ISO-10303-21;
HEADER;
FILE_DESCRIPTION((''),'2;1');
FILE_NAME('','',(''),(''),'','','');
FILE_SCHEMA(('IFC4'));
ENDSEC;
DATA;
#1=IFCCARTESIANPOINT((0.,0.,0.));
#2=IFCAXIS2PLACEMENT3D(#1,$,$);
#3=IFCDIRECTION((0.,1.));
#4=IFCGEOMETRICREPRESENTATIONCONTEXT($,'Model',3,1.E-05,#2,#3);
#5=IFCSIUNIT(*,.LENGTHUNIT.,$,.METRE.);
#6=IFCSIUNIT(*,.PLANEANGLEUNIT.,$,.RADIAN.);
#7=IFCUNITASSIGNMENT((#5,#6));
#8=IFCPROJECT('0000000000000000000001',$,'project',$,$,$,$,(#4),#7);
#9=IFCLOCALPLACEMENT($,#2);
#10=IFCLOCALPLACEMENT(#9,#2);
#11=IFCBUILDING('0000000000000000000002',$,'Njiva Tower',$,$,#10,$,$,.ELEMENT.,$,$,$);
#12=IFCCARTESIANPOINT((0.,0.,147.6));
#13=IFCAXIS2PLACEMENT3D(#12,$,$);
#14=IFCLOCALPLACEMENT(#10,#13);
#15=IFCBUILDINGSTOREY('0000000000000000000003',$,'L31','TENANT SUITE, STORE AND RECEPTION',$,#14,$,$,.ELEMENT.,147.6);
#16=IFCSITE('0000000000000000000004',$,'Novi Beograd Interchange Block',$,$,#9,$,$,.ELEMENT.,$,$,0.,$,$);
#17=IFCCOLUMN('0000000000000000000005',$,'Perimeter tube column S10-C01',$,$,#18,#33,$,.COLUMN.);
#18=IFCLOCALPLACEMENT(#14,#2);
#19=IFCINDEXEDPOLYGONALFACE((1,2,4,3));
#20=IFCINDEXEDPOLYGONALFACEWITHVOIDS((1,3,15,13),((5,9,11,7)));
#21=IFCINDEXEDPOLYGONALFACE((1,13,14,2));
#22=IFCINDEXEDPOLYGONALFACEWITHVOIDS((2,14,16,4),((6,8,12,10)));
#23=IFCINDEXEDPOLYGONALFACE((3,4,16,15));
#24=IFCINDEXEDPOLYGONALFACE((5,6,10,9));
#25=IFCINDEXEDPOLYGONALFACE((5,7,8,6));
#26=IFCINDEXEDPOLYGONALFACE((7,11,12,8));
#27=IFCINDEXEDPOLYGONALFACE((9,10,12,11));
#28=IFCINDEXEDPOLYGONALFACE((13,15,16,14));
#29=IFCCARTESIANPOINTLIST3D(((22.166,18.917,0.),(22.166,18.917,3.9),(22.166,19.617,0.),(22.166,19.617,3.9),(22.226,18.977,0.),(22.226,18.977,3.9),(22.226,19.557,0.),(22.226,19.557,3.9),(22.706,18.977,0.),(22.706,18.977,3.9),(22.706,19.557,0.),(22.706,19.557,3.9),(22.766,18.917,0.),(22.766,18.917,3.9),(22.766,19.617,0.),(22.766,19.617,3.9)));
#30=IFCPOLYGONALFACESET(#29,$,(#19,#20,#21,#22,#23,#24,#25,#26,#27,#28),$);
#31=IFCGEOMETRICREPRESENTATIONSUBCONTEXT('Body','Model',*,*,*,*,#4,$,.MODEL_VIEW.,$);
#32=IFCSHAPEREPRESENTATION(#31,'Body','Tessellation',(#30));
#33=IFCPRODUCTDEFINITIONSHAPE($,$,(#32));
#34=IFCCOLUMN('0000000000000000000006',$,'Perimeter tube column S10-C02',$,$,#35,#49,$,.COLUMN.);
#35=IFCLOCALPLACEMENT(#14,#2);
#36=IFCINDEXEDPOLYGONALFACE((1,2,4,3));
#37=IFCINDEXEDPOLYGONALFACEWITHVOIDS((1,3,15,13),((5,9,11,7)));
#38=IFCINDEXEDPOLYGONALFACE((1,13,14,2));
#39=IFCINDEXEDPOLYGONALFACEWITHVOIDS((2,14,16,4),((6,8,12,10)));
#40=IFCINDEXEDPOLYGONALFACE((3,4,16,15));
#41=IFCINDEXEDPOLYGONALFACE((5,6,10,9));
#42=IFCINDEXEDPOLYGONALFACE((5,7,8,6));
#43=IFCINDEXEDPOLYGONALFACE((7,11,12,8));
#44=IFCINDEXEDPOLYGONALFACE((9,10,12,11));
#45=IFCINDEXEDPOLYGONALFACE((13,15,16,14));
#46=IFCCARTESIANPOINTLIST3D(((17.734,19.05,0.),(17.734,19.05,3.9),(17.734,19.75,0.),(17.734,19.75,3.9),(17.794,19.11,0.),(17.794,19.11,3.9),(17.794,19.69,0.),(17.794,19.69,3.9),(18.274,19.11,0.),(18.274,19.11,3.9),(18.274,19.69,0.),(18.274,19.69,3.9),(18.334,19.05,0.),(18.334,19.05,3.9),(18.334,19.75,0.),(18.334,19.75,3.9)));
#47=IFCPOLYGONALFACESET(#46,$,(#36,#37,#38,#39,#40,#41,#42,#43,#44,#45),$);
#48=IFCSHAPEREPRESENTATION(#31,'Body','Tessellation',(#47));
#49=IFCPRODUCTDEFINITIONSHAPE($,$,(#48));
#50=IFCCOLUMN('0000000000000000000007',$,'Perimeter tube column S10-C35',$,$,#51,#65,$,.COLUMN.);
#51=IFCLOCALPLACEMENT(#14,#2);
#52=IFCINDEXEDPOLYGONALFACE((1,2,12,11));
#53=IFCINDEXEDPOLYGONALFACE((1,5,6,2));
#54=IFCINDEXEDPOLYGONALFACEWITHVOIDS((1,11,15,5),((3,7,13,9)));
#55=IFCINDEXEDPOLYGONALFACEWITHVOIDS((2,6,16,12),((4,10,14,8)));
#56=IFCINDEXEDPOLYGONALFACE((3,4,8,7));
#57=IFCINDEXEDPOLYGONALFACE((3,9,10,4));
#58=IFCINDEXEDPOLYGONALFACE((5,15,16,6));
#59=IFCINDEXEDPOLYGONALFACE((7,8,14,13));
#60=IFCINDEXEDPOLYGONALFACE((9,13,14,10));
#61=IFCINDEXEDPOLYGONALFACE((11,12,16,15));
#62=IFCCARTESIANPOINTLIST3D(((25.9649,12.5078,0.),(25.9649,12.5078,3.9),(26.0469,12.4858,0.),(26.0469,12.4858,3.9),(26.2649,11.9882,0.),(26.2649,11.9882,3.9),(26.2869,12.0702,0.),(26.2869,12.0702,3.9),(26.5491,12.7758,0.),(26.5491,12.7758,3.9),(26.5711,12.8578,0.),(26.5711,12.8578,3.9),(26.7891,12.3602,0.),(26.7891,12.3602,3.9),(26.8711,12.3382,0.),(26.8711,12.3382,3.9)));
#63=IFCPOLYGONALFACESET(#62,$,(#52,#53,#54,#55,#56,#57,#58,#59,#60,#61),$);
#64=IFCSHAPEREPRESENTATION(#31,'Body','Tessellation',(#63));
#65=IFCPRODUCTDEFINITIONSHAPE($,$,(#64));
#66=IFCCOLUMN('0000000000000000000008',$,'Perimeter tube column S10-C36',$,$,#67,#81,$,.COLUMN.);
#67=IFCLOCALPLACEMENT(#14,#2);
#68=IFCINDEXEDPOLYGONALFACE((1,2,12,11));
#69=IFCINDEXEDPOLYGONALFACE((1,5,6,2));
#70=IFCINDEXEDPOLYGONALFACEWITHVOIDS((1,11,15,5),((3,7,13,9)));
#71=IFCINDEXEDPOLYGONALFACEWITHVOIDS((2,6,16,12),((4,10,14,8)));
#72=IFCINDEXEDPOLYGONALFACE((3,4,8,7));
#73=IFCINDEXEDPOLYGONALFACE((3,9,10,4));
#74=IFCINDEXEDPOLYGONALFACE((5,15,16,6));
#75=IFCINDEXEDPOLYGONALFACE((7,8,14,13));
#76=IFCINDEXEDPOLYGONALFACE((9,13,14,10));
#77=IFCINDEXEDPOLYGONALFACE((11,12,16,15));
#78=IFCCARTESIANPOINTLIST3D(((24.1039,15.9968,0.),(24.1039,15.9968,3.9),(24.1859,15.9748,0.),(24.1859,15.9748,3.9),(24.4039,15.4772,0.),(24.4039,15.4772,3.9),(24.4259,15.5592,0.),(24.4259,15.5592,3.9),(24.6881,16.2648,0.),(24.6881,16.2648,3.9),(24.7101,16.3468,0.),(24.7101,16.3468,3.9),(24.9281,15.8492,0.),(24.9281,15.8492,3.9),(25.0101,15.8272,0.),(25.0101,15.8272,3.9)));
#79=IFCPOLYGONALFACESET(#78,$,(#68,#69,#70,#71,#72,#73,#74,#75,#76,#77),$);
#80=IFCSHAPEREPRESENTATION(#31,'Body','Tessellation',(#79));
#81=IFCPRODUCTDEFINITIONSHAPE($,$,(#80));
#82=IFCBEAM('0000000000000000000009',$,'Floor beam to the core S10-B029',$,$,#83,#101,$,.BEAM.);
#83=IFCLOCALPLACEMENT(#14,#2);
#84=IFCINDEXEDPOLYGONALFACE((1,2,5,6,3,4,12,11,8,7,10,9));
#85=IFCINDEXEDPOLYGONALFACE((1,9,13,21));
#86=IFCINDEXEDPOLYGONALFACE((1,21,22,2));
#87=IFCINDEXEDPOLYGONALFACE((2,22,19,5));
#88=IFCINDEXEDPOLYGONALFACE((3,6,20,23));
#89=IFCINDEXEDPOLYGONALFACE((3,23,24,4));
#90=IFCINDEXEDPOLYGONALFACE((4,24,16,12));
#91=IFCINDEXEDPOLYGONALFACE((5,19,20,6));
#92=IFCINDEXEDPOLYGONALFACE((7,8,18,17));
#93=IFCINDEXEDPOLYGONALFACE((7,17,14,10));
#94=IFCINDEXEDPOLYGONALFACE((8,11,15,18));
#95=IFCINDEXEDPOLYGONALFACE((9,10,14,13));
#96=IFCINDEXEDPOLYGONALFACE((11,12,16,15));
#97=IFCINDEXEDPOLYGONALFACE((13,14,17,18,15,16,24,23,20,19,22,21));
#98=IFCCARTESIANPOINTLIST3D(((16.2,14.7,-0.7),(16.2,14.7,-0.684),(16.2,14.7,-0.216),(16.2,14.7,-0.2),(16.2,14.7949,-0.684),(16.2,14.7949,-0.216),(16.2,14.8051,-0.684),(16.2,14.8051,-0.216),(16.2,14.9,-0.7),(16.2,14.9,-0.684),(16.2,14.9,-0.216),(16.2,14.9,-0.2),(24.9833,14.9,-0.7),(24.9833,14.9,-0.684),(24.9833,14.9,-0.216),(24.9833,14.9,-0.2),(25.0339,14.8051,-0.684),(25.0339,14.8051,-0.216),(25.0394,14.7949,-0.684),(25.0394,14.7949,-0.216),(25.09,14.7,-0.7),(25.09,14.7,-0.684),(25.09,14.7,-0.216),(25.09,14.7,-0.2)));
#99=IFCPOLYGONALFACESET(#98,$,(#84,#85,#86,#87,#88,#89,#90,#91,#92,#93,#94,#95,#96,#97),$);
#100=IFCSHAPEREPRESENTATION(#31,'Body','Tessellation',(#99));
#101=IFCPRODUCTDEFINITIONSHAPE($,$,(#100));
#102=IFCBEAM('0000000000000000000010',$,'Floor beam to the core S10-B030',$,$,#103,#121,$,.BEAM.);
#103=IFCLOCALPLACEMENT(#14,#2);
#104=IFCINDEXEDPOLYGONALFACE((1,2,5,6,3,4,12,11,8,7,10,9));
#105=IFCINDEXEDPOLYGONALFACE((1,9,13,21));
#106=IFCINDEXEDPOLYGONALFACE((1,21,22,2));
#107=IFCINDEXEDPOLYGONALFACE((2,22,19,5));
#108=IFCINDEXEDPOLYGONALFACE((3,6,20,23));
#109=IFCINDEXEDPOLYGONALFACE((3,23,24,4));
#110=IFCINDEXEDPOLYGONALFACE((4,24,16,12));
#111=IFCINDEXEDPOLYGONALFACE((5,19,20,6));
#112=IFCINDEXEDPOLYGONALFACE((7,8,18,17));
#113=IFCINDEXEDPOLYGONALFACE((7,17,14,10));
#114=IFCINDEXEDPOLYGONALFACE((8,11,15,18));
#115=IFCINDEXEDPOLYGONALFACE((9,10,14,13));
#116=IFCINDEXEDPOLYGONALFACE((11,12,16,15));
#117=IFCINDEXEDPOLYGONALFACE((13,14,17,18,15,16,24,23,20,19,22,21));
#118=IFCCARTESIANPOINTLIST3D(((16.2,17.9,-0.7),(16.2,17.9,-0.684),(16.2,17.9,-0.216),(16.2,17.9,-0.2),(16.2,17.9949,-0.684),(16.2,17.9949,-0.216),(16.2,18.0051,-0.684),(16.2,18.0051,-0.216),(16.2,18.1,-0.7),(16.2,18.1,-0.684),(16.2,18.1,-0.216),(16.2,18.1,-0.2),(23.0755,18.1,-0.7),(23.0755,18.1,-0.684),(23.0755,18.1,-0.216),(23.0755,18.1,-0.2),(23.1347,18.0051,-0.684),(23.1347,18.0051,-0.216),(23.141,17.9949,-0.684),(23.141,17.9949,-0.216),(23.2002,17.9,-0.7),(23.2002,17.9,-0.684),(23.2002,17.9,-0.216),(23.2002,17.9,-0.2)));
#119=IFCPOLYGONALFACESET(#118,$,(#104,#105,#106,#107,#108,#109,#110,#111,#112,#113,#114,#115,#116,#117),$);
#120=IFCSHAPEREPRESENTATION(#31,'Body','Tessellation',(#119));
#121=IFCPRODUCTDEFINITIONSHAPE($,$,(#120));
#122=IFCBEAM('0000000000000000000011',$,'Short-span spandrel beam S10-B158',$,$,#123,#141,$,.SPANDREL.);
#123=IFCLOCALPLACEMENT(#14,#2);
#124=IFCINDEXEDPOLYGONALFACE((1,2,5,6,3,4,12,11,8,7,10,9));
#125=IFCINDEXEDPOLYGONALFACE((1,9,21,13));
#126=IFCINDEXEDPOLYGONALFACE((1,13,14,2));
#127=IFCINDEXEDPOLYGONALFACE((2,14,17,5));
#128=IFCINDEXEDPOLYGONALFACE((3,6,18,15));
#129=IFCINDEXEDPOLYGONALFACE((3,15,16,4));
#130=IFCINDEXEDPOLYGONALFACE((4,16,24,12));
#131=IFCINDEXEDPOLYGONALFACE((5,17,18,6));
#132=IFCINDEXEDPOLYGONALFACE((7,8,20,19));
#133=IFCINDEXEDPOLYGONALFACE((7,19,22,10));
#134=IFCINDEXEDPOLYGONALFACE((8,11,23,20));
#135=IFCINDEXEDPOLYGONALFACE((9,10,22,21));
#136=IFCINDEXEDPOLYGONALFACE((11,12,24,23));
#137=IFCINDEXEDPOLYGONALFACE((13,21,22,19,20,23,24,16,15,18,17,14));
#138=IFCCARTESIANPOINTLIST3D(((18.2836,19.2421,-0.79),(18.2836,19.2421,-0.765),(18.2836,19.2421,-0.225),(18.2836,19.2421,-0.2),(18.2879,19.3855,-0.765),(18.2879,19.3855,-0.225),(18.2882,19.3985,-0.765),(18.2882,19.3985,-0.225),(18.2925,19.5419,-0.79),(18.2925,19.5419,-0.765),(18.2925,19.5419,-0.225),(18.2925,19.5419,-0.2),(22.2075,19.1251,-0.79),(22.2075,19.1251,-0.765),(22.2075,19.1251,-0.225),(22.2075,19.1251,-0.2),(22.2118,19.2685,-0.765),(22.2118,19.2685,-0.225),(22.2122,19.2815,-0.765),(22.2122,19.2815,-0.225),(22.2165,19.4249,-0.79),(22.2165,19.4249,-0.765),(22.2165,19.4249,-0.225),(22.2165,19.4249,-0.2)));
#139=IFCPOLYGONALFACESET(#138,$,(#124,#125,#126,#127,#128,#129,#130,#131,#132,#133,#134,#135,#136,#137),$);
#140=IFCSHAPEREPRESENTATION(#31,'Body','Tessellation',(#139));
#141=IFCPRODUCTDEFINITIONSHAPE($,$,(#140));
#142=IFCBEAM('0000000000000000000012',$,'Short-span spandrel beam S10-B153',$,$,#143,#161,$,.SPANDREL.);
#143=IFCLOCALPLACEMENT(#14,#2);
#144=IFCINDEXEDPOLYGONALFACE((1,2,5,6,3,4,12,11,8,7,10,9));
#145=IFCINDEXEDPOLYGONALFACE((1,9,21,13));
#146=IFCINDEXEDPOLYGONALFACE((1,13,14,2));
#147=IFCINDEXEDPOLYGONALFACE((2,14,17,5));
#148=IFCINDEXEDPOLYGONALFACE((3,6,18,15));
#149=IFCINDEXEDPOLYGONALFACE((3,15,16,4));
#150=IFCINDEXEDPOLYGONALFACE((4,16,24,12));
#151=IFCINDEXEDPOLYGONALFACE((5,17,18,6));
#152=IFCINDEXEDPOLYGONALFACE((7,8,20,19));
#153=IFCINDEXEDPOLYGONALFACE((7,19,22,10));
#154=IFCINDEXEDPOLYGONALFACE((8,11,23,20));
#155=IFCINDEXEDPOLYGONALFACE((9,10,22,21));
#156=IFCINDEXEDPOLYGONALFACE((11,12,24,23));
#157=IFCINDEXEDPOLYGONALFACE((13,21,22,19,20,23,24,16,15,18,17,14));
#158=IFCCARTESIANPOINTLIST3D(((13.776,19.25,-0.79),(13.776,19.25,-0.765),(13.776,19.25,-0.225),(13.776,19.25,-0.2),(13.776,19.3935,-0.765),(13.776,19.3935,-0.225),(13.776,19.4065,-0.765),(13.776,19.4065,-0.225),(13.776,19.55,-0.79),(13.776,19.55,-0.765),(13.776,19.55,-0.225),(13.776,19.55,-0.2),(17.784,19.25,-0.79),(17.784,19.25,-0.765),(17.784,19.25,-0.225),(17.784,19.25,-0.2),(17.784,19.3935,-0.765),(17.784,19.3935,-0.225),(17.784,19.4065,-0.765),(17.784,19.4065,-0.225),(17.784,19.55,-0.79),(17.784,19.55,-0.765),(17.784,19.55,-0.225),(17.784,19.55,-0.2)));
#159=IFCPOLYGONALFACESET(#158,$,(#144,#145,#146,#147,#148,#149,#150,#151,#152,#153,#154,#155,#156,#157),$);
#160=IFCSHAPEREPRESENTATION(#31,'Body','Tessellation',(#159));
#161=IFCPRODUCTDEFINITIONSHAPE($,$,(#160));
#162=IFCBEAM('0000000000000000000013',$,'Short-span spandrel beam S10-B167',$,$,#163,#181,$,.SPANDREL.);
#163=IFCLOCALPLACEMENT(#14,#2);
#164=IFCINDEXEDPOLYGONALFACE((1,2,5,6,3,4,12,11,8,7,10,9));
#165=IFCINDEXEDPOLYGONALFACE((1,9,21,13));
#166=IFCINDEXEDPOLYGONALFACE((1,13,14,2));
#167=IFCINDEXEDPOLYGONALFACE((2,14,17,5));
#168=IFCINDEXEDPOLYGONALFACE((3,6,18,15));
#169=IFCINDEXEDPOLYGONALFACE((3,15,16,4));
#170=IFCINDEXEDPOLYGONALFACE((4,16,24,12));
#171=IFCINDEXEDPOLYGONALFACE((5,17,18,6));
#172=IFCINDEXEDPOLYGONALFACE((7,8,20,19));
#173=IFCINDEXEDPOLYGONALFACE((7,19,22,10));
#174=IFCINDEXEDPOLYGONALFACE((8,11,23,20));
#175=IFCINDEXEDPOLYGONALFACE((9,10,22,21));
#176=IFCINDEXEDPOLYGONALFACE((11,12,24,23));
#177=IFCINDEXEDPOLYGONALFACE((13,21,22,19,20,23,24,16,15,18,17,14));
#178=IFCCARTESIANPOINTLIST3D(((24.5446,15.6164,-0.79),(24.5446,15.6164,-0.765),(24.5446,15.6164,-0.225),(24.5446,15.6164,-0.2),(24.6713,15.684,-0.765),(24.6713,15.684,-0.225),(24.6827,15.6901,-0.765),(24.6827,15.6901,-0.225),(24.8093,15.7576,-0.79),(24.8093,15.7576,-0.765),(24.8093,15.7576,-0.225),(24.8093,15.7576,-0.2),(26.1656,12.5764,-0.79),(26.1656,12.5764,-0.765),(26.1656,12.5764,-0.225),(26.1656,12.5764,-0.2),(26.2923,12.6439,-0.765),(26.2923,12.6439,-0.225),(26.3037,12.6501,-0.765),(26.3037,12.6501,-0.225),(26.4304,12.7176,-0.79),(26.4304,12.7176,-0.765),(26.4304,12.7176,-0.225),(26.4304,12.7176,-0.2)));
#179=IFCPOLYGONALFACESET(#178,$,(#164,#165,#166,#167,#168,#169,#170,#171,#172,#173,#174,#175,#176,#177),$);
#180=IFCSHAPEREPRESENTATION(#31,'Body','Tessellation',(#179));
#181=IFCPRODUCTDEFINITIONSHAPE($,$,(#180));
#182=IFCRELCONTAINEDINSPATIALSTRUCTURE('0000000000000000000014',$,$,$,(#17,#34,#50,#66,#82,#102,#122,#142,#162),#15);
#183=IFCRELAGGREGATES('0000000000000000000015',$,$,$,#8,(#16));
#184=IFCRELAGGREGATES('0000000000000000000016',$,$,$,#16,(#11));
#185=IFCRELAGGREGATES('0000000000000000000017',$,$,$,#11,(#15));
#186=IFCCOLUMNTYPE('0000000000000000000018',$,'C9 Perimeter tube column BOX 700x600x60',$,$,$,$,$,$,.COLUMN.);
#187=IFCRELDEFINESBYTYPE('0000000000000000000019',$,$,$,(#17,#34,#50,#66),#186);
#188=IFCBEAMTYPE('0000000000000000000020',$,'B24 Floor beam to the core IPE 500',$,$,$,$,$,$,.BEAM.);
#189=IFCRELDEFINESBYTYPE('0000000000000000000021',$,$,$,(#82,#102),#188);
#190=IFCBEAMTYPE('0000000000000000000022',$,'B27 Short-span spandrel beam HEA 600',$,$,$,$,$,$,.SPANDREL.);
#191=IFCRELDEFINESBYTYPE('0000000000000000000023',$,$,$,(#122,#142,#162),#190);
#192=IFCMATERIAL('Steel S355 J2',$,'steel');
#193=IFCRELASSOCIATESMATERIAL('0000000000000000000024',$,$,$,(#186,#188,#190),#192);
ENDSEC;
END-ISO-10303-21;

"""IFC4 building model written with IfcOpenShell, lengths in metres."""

from ifc_helpers import new_model, si_unit, direction, frame, origin, origin_2d, place, context, subcontext, project, spatial, hollow_rectangle, i_section, extrude, clip, halfspace, material, material_profile, profile_set, type_object, element, save


model = new_model("IFC4")

# Units and contexts
model_context = context("Model", 3, precision=1e-05, world=origin(), true_north=direction((0.0, 1.0)))
body_context = subcontext(model_context, "Body", "Model", "MODEL_VIEW")
ifc_project = project(units=[si_unit("LENGTHUNIT", "METRE"), si_unit("PLANEANGLEUNIT", "RADIAN")], contexts=[model_context])

# Site, building, storey
site_placement = place(None, origin())
site = spatial("IfcSite", under=ifc_project, at=site_placement, Name="Novi Beograd Interchange Block", CompositionType="ELEMENT", RefElevation=0.0)
building_placement = place(site_placement, origin())
building = spatial("IfcBuilding", under=site, at=building_placement, Name="Njiva Tower", CompositionType="ELEMENT")
storey_placement = place(building_placement, frame((0.0, 0.0, 147.6)))
storey = spatial("IfcBuildingStorey", under=building, at=storey_placement, Name="L31", Description="TENANT SUITE, STORE AND RECEPTION", CompositionType="ELEMENT", Elevation=147.6)

# Columns
ifc_material_1 = material(Name="Steel S355 J2", Category="steel")
ifc_material_profile_1 = material_profile(ifc_material_1, hollow_rectangle(XDim=0.6, YDim=0.7, WallThickness=0.06, at=origin_2d()), Name="BOX 700x600x60")
ifc_profile_set_1 = profile_set([ifc_material_profile_1], Name="Steel S355 J2")
column_type = type_object("IfcColumnType", Name="C9 Perimeter tube column BOX 700x600x60", PredefinedType="COLUMN", material=ifc_profile_set_1)
for number, where, z_axis, x_axis, name in (
    (1, (22.466, 19.267, 0.0), (0.0, 0.0, 1.0), (-1.0, 0.0, 0.0), "Perimeter tube column S10-C01"),
    (2, (18.034, 19.4, 0.0), (0.0, 0.0, 1.0), (-1.0, 0.0, 0.0), "Perimeter tube column S10-C02"),
    (3, (26.418, 12.423, 0.0), (0.0, 0.0, 1.0), (-0.5, 0.866025, 0.0), "Perimeter tube column S10-C35"),
    (4, (24.557, 15.912, 0.0), (0.0, 0.0, 1.0), (-0.5, 0.866025, 0.0), "Perimeter tube column S10-C36"),
):
    element("IfcColumn", number, at=place(storey_placement, frame(where, z_axis=z_axis, x_axis=x_axis)), inside=storey, type_object=column_type, Name=name, PredefinedType="COLUMN", context=body_context, shape_type="SweptSolid", body=[
        extrude(hollow_rectangle(XDim=0.6, YDim=0.7, WallThickness=0.06, at=origin_2d()), origin(), (0.0, 0.0, 1.0), 3.9),
    ])

# Beams
ifc_material_profile_2 = material_profile(ifc_material_1, i_section(OverallWidth=0.2, OverallDepth=0.5, WebThickness=0.0102, FlangeThickness=0.016, at=origin_2d()), Name="IPE 500")
ifc_profile_set_2 = profile_set([ifc_material_profile_2], Name="Steel S355 J2")
beam_type_1 = type_object("IfcBeamType", Name="B24 Floor beam to the core IPE 500", PredefinedType="BEAM", material=ifc_profile_set_2)
beam_1_placement = place(storey_placement, frame((16.2, 14.8, -0.45), z_axis=(1.0, 0.0, 0.0), x_axis=(0.0, 1.0, 0.0)))
element("IfcBeam", 5, at=beam_1_placement, inside=storey, type_object=beam_type_1, Name="Floor beam to the core S10-B029", PredefinedType="BEAM", context=body_context, shape_type="Clipping", body=[
    clip(extrude(i_section(OverallWidth=0.2, OverallDepth=0.5, WebThickness=0.0102, FlangeThickness=0.016, at=origin_2d()), origin(), (0.0, 0.0, 1.0), 8.91), halfspace(frame((0.0235, 0.0, 8.8241), z_axis=(0.470559, 0.0, 0.882368), x_axis=(0.0, 1.0, 0.0)), False)),
])
beam_2_placement = place(storey_placement, frame((16.2, 18.0, -0.45), z_axis=(1.0, 0.0, 0.0), x_axis=(0.0, 1.0, 0.0)))
element("IfcBeam", 6, at=beam_2_placement, inside=storey, type_object=beam_type_1, Name="Floor beam to the core S10-B030", PredefinedType="BEAM", context=body_context, shape_type="Clipping", body=[
    clip(extrude(i_section(OverallWidth=0.2, OverallDepth=0.5, WebThickness=0.0102, FlangeThickness=0.016, at=origin_2d()), origin(), (0.0, 0.0, 1.0), 7.02), halfspace(frame((0.0264, 0.0, 6.9214), z_axis=(0.528871, 0.0, 0.848702), x_axis=(0.0, 1.0, 0.0)), False)),
])
ifc_material_profile_3 = material_profile(ifc_material_1, i_section(OverallWidth=0.3, OverallDepth=0.59, WebThickness=0.013, FlangeThickness=0.025, at=origin_2d()), Name="HEA 600")
ifc_profile_set_3 = profile_set([ifc_material_profile_3], Name="Steel S355 J2")
beam_type_2 = type_object("IfcBeamType", Name="B27 Short-span spandrel beam HEA 600", PredefinedType="SPANDREL", material=ifc_profile_set_3)
beam_3_placement = place(storey_placement, frame((22.212, 19.275, -0.495), z_axis=(-0.999556, 0.029803, 0.0), x_axis=(-0.029803, -0.999556, 0.0)))
element("IfcBeam", 7, at=beam_3_placement, inside=storey, type_object=beam_type_2, Name="Short-span spandrel beam S10-B158", PredefinedType="SPANDREL", context=body_context, shape_type="SweptSolid", body=[
    extrude(i_section(OverallWidth=0.3, OverallDepth=0.59, WebThickness=0.013, FlangeThickness=0.025, at=origin_2d()), origin(), (0.0, 0.0, 1.0), 3.9257),
])
beam_4_placement = place(storey_placement, frame((17.784, 19.4, -0.495), z_axis=(-1.0, 0.0, 0.0), x_axis=(0.0, -1.0, 0.0)))
element("IfcBeam", 8, at=beam_4_placement, inside=storey, type_object=beam_type_2, Name="Short-span spandrel beam S10-B153", PredefinedType="SPANDREL", context=body_context, shape_type="SweptSolid", body=[
    extrude(i_section(OverallWidth=0.3, OverallDepth=0.59, WebThickness=0.013, FlangeThickness=0.025, at=origin_2d()), origin(), (0.0, 0.0, 1.0), 4.008),
])
beam_5_placement = place(storey_placement, frame((26.298, 12.647, -0.495), z_axis=(-0.470513, 0.882393, 0.0), x_axis=(-0.882393, -0.470513, 0.0)))
element("IfcBeam", 9, at=beam_5_placement, inside=storey, type_object=beam_type_2, Name="Short-span spandrel beam S10-B167", PredefinedType="SPANDREL", context=body_context, shape_type="SweptSolid", body=[
    extrude(i_section(OverallWidth=0.3, OverallDepth=0.59, WebThickness=0.013, FlangeThickness=0.025, at=origin_2d()), origin(), (0.0, 0.0, 1.0), 3.4452),
])

save(model, "model.ifc")
